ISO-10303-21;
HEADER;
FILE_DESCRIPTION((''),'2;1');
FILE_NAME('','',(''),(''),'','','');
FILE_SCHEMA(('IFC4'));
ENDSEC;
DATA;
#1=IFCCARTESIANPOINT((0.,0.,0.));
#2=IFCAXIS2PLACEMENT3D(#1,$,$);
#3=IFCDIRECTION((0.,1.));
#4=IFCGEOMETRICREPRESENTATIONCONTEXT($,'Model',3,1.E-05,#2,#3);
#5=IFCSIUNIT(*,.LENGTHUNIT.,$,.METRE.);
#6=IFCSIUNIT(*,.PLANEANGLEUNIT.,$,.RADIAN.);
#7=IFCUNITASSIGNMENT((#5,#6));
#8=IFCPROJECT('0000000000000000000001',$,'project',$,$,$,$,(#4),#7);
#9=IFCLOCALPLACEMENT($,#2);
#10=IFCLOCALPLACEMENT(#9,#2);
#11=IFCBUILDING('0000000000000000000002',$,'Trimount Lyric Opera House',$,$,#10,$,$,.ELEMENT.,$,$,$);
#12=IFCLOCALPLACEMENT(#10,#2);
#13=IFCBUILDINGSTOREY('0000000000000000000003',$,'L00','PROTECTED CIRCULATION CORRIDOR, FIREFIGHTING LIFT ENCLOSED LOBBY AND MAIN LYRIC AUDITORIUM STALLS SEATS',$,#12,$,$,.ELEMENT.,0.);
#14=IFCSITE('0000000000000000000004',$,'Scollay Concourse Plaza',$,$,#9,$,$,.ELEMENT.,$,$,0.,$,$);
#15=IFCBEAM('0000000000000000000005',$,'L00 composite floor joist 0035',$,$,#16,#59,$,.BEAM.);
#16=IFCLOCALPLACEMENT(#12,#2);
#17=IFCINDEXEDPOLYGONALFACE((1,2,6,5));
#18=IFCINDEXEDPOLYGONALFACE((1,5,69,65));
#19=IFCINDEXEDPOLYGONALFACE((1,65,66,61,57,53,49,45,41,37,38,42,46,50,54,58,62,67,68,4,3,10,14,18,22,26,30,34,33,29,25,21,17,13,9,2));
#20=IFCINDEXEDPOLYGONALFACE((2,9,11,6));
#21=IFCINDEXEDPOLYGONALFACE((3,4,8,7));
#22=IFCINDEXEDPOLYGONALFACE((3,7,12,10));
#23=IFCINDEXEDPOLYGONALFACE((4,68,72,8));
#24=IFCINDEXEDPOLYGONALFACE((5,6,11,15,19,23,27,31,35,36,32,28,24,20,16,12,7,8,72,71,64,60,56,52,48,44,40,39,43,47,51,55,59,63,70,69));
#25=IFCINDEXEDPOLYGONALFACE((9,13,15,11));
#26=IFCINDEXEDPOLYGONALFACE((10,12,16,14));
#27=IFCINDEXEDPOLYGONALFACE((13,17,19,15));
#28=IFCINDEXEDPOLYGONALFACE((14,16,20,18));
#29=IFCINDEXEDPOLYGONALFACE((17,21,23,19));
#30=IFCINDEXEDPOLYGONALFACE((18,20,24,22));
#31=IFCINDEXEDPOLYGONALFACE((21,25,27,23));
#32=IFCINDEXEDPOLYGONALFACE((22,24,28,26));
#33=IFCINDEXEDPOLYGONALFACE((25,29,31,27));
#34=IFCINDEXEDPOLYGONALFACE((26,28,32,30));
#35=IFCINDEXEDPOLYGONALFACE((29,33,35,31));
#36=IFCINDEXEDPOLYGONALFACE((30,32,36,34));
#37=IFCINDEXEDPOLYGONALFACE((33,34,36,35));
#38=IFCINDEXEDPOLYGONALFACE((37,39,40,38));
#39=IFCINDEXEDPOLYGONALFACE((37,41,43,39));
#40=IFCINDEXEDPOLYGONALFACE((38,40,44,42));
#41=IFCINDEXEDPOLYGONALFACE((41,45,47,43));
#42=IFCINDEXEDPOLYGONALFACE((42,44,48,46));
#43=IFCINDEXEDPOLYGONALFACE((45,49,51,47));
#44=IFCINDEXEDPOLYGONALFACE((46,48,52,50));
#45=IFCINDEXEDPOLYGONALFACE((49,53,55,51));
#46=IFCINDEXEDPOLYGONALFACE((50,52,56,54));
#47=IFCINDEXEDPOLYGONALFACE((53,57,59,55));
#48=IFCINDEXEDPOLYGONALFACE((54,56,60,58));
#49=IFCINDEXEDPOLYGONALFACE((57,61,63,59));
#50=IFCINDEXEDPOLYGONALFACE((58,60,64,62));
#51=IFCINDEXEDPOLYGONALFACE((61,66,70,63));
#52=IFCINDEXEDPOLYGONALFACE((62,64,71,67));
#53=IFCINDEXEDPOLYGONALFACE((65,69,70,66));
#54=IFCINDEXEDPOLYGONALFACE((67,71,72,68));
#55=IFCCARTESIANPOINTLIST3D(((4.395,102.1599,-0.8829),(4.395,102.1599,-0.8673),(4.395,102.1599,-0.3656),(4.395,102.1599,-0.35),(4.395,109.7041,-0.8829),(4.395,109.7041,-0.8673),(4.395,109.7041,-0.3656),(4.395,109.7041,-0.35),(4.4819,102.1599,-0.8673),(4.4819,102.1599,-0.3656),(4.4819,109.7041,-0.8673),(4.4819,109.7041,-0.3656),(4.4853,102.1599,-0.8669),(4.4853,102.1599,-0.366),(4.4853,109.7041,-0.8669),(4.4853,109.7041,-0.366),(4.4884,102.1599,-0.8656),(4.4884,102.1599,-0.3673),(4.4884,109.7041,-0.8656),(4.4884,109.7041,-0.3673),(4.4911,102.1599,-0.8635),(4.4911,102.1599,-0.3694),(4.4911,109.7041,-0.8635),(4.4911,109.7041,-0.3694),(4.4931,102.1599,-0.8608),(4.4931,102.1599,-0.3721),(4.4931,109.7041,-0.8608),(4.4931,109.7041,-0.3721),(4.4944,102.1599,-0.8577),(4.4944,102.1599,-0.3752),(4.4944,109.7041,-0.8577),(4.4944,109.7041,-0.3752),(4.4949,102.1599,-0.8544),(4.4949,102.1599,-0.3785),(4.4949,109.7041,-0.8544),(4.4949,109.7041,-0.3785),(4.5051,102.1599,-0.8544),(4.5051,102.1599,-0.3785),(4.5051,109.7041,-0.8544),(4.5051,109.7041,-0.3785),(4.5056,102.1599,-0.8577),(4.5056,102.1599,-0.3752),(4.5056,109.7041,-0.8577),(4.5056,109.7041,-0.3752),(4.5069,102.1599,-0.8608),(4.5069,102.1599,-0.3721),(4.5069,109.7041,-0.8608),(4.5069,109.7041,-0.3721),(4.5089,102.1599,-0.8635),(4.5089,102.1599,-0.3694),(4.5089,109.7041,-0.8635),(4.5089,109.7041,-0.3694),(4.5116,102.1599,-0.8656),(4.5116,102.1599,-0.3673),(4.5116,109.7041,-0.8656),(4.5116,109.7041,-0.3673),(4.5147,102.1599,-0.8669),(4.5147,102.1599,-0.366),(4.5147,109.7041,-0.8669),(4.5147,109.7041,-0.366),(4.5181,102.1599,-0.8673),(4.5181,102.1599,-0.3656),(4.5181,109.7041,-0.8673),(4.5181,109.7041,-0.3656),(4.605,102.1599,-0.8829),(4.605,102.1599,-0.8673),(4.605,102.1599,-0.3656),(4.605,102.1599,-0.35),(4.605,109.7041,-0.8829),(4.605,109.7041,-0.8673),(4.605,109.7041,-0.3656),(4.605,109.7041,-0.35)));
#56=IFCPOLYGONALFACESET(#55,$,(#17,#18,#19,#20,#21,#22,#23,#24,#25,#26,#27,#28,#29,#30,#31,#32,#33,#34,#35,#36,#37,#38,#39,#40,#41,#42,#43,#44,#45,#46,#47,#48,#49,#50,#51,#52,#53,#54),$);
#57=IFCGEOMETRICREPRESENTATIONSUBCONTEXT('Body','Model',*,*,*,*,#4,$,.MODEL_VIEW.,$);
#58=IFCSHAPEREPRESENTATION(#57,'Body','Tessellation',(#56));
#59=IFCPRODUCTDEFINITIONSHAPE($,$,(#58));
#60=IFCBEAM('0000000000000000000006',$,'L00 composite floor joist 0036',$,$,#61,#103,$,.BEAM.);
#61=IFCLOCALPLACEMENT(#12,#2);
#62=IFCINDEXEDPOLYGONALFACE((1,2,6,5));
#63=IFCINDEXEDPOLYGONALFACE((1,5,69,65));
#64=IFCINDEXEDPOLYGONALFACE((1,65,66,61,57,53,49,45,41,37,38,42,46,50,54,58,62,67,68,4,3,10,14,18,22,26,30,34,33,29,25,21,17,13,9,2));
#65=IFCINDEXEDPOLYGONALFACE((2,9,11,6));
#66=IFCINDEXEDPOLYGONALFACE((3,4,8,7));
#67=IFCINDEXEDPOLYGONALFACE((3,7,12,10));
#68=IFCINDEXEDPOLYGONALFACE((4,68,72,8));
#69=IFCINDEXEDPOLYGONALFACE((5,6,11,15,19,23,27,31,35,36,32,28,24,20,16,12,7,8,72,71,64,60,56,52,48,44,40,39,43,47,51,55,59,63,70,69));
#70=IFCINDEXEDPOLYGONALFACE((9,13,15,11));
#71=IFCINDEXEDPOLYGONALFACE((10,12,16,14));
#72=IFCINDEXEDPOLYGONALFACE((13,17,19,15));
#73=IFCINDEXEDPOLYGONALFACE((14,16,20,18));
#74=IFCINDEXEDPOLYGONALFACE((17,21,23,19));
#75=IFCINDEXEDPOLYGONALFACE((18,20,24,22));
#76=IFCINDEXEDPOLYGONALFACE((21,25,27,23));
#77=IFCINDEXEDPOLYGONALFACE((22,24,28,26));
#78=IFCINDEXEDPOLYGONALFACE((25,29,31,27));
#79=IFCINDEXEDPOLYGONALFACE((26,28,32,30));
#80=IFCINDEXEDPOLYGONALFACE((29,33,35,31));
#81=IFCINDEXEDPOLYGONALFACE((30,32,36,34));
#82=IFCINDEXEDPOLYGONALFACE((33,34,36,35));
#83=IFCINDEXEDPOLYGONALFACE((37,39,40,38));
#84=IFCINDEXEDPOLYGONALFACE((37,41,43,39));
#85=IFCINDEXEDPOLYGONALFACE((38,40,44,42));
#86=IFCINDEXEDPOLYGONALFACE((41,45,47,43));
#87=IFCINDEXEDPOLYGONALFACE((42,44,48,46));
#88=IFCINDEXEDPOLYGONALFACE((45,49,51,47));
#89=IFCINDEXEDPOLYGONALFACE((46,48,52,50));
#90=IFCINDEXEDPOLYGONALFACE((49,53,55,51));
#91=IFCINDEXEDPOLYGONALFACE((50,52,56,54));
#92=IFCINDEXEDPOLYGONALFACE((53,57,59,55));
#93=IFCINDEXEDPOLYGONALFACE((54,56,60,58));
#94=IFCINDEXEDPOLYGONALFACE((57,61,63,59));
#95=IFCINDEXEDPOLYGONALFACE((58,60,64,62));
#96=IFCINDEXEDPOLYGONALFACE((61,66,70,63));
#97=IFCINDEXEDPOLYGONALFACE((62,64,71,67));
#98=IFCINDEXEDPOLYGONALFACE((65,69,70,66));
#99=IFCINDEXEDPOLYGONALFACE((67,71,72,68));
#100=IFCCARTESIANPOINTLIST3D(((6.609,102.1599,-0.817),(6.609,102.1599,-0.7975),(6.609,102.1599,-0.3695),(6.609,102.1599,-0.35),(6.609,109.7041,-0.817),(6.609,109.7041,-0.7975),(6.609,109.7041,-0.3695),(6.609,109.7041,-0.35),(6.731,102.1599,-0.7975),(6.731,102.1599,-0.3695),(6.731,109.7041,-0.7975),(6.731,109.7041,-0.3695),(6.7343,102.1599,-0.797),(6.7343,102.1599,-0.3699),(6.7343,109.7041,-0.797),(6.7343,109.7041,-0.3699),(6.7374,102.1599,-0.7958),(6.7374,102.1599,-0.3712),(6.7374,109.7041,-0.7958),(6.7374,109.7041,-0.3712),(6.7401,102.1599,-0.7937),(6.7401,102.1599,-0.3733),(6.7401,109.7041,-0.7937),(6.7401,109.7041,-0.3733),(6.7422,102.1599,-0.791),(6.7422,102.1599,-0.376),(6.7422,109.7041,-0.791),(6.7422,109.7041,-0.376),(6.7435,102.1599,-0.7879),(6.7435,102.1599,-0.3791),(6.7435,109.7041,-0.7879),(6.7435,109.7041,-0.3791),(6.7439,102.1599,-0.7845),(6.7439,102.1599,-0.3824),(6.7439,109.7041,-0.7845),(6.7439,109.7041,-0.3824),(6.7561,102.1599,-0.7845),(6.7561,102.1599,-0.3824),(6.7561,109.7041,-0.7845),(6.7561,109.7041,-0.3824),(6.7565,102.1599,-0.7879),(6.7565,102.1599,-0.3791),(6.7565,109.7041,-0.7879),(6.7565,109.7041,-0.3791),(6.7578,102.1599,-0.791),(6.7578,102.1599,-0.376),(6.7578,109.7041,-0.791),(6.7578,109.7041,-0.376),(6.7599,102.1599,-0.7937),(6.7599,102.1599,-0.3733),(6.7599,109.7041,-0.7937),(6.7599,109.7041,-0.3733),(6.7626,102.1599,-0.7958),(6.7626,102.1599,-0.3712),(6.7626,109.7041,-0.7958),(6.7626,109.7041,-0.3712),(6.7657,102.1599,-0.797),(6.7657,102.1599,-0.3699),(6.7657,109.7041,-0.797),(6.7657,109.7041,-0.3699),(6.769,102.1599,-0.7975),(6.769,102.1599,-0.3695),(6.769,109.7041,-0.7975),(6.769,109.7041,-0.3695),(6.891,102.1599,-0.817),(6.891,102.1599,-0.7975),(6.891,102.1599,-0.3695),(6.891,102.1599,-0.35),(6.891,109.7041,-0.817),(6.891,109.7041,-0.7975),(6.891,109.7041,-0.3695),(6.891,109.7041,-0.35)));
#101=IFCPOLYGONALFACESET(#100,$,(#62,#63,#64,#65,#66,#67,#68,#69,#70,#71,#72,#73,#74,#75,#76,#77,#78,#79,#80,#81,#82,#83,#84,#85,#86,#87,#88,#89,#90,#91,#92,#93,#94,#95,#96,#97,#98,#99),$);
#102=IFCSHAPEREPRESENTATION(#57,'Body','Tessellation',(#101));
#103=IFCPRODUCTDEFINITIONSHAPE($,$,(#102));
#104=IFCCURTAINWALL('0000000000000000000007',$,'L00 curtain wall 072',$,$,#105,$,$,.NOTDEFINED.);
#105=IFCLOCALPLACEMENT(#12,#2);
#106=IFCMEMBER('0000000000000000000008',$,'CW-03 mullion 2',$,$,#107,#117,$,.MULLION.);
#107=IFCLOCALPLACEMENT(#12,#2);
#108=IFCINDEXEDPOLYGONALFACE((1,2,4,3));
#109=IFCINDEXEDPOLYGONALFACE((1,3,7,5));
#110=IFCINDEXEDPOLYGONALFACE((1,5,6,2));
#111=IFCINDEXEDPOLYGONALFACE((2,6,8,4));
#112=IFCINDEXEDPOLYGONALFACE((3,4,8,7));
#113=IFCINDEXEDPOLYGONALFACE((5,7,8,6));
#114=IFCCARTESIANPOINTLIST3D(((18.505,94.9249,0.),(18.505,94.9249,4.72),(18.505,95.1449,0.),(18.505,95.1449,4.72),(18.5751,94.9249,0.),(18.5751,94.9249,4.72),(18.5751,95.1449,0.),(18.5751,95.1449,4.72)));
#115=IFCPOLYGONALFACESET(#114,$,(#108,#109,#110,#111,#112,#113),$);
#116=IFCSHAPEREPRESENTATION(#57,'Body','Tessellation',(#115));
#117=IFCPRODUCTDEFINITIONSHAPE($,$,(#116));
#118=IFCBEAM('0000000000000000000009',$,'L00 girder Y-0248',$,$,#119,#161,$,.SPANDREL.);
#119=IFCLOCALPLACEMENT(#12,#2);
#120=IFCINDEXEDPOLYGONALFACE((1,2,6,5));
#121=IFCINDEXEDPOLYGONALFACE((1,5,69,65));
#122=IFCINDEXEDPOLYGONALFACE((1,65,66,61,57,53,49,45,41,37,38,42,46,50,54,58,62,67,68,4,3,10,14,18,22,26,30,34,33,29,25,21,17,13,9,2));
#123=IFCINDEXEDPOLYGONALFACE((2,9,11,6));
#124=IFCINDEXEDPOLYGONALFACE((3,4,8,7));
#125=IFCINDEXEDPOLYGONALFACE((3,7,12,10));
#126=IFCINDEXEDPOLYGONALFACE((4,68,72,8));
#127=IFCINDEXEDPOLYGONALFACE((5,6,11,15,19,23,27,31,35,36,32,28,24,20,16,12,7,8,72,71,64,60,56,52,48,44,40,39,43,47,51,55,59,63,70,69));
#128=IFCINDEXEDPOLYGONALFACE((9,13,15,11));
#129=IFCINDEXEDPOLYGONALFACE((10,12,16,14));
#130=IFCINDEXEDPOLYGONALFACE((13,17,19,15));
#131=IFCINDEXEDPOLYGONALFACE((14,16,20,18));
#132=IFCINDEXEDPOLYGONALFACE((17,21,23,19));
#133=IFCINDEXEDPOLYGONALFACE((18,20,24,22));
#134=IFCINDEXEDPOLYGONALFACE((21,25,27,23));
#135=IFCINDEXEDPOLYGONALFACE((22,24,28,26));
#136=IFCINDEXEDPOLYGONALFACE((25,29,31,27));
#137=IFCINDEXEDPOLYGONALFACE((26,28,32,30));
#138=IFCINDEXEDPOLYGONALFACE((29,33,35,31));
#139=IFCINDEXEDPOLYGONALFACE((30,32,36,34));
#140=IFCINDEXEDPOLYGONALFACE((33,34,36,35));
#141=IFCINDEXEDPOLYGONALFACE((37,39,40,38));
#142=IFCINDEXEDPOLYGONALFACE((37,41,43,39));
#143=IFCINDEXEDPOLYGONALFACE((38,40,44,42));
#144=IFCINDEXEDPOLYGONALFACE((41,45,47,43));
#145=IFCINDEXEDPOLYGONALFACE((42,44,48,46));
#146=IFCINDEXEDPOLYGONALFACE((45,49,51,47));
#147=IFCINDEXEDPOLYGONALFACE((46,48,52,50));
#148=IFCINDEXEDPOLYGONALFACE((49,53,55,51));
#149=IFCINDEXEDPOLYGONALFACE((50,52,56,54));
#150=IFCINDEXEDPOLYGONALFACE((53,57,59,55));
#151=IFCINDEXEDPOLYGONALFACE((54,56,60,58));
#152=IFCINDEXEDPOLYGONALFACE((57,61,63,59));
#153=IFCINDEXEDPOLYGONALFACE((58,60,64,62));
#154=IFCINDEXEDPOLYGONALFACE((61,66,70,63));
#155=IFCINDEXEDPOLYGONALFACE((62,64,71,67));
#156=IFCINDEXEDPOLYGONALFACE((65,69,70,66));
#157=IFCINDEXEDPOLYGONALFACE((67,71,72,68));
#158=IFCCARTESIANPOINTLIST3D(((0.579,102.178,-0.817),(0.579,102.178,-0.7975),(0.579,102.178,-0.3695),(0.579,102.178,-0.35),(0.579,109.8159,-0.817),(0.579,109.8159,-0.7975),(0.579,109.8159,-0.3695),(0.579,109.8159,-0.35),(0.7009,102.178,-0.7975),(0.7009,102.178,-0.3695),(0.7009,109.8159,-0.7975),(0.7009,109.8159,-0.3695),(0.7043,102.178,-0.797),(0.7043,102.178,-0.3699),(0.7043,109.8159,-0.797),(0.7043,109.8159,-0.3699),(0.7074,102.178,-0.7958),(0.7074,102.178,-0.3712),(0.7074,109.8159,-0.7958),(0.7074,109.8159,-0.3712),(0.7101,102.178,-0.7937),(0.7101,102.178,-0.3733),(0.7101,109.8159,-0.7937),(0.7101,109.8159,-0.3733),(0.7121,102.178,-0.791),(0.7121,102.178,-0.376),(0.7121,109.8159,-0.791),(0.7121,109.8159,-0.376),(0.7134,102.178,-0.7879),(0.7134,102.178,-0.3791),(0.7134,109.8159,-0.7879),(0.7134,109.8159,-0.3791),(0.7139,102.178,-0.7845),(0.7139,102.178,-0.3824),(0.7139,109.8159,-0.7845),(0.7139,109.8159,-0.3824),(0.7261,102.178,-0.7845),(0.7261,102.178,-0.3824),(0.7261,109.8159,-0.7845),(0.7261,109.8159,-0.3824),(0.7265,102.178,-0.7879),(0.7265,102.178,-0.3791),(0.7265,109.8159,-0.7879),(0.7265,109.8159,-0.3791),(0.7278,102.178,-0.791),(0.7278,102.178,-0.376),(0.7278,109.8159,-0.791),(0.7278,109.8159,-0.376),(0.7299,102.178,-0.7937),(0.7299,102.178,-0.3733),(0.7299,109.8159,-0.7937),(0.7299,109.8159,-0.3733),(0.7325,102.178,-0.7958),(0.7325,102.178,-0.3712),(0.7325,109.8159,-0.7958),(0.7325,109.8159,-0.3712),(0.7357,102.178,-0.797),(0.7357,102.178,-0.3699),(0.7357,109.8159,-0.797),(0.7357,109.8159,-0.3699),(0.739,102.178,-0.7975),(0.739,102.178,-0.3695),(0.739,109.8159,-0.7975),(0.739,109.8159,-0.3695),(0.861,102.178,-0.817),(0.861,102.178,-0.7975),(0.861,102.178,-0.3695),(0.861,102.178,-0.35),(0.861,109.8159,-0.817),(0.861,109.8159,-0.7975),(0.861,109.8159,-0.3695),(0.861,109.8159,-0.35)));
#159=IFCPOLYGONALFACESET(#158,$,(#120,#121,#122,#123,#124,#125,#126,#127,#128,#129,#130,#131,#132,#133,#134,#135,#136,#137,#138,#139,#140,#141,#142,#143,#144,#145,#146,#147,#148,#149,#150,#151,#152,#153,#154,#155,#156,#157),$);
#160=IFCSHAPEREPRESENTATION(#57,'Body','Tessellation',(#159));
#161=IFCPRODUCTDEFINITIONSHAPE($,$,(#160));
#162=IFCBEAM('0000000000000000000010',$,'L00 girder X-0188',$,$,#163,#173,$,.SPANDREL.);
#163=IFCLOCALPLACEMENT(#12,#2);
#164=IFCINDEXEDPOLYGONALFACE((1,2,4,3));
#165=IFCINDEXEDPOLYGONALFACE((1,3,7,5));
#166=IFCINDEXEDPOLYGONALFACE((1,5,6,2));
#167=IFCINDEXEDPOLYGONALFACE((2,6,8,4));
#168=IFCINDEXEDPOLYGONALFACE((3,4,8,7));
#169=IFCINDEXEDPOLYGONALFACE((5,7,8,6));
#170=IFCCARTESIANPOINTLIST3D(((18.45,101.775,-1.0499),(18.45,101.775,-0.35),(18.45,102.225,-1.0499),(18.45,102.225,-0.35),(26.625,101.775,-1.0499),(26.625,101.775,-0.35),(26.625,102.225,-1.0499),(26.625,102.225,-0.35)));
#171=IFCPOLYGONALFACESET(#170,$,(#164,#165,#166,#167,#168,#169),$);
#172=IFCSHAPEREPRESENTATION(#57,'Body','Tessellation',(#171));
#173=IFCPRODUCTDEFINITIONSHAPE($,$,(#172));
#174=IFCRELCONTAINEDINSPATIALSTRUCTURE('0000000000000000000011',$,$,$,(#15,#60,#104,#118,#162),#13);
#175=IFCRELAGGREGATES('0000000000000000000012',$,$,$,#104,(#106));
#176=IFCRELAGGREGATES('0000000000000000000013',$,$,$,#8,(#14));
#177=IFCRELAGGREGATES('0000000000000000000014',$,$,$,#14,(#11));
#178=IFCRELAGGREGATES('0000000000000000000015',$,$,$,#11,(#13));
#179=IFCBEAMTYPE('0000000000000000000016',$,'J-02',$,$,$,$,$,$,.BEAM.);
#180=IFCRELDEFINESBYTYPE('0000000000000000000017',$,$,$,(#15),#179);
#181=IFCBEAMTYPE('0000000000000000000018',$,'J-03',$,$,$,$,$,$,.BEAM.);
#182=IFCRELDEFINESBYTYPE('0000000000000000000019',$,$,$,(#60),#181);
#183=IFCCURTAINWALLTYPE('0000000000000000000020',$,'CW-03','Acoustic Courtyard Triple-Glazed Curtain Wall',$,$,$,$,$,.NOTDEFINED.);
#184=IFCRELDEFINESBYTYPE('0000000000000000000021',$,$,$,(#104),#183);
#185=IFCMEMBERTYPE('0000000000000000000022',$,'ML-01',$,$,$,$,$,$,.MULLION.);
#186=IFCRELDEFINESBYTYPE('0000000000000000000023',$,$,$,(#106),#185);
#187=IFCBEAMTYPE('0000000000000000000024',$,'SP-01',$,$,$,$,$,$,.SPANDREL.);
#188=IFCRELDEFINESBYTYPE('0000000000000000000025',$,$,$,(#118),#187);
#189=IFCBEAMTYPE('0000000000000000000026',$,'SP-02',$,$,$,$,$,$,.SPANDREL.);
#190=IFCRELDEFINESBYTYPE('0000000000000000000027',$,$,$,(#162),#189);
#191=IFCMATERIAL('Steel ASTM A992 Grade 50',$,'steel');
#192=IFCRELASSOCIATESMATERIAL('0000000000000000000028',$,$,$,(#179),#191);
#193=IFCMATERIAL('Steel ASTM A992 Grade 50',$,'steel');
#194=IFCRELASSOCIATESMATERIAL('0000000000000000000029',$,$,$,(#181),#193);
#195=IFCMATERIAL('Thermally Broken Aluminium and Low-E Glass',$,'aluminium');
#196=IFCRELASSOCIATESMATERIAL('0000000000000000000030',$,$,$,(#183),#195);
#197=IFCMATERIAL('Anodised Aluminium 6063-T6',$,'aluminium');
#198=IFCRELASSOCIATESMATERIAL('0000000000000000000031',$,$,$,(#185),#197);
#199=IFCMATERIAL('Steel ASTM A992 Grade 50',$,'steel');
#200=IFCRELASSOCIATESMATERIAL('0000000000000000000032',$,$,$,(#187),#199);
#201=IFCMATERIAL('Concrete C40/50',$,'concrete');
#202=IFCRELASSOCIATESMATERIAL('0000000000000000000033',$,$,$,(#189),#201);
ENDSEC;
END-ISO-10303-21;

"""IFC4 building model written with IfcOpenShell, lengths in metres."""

from ifc_helpers import new_model, si_unit, direction, frame, origin, origin_2d, place, context, subcontext, project, spatial, rectangle, i_section, extrude, material, material_profile, profile_set, type_object, element, aggregate, save


model = new_model("IFC4")

# Units and contexts
model_context = context("Model", 3, precision=1e-05, world=origin(), true_north=direction((0.0, 1.0)))
body_context = subcontext(model_context, "Body", "Model", "MODEL_VIEW")
ifc_project = project(units=[si_unit("LENGTHUNIT", "METRE"), si_unit("PLANEANGLEUNIT", "RADIAN")], contexts=[model_context])

# Site, building, storey
site_placement = place(None, origin())
site = spatial("IfcSite", under=ifc_project, at=site_placement, Name="Scollay Concourse Plaza", CompositionType="ELEMENT", RefElevation=0.0)
building_placement = place(site_placement, origin())
building = spatial("IfcBuilding", under=site, at=building_placement, Name="Trimount Lyric Opera House", CompositionType="ELEMENT")
storey_placement = place(building_placement, origin())
storey = spatial("IfcBuildingStorey", under=building, at=storey_placement, Name="L00", Description="PROTECTED CIRCULATION CORRIDOR, FIREFIGHTING LIFT ENCLOSED LOBBY AND MAIN LYRIC AUDITORIUM STALLS SEATS", CompositionType="ELEMENT", Elevation=0.0)

# Beams
ifc_material_1 = material(Name="Steel ASTM A992 Grade 50", Category="steel")
ifc_material_profile_1 = material_profile(ifc_material_1, i_section(OverallWidth=0.21, OverallDepth=0.533, WebThickness=0.0103, FlangeThickness=0.0156, FilletRadius=0.0129, at=origin_2d()), Name="W21X62")
ifc_profile_set_1 = profile_set([ifc_material_profile_1], Name="Steel ASTM A992 Grade 50")
beam_type_1 = type_object("IfcBeamType", Name="J-02", PredefinedType="BEAM", material=ifc_profile_set_1)
beam_1_placement = place(storey_placement, frame((4.5, 102.1599, -0.6165), z_axis=(0.0, 1.0, 0.0), x_axis=(-1.0, 0.0, 0.0)))
element("IfcBeam", 1, at=beam_1_placement, inside=storey, type_object=beam_type_1, Name="L00 composite floor joist 0035", PredefinedType="BEAM", context=body_context, shape_type="SweptSolid", body=[
    extrude(i_section(OverallWidth=0.21, OverallDepth=0.533, WebThickness=0.0103, FlangeThickness=0.0156, FilletRadius=0.0129, at=origin_2d()), origin(), (0.0, 0.0, 1.0), 7.5442),
])
ifc_material_2 = material(Name="Steel ASTM A992 Grade 50", Category="steel")
ifc_material_profile_2 = material_profile(ifc_material_2, i_section(OverallWidth=0.282, OverallDepth=0.467, WebThickness=0.0122, FlangeThickness=0.0195, FilletRadius=0.0129, at=origin_2d()), Name="W18X86")
ifc_profile_set_2 = profile_set([ifc_material_profile_2], Name="Steel ASTM A992 Grade 50")
beam_type_2 = type_object("IfcBeamType", Name="J-03", PredefinedType="BEAM", material=ifc_profile_set_2)
beam_2_placement = place(storey_placement, frame((6.75, 102.1599, -0.5835), z_axis=(0.0, 1.0, 0.0), x_axis=(-1.0, 0.0, 0.0)))
element("IfcBeam", 2, at=beam_2_placement, inside=storey, type_object=beam_type_2, Name="L00 composite floor joist 0036", PredefinedType="BEAM", context=body_context, shape_type="SweptSolid", body=[
    extrude(i_section(OverallWidth=0.282, OverallDepth=0.467, WebThickness=0.0122, FlangeThickness=0.0195, FilletRadius=0.0129, at=origin_2d()), origin(), (0.0, 0.0, 1.0), 7.5442),
])

# Curtain wall, member
ifc_material_3 = material(Name="Thermally Broken Aluminium and Low-E Glass", Category="aluminium")
curtain_wall_type = type_object("IfcCurtainWallType", Name="CW-03", Description="Acoustic Courtyard Triple-Glazed Curtain Wall", PredefinedType="NOTDEFINED", material=ifc_material_3)
curtain_wall_placement = place(storey_placement, origin())
curtain_wall = element("IfcCurtainWall", 3, at=curtain_wall_placement, inside=storey, type_object=curtain_wall_type, Name="L00 curtain wall 072", PredefinedType="NOTDEFINED")
ifc_material_4 = material(Name="Anodised Aluminium 6063-T6", Category="aluminium")
ifc_material_profile_3 = material_profile(ifc_material_4, rectangle(XDim=0.0701, YDim=0.22, at=origin_2d()), Name="ALU-MULL-70X220")
ifc_profile_set_3 = profile_set([ifc_material_profile_3], Name="Anodised Aluminium 6063-T6")
member_type_1 = type_object("IfcMemberType", Name="ML-01", PredefinedType="MULLION", material=ifc_profile_set_3)
member_1_placement = place(storey_placement, frame((18.54, 95.0349, 0.0), z_axis=(0.0, 0.0, 1.0), x_axis=(1.0, 0.0, 0.0)))
member_1 = element("IfcMember", 4, at=member_1_placement, type_object=member_type_1, Name="CW-03 mullion 2", PredefinedType="MULLION", context=body_context, shape_type="SweptSolid", body=[
    extrude(rectangle(XDim=0.0701, YDim=0.22, at=origin_2d()), origin(), (0.0, 0.0, 1.0), 4.72),
])

# Beams
ifc_material_5 = material(Name="Steel ASTM A992 Grade 50", Category="steel")
ifc_material_profile_4 = material_profile(ifc_material_5, i_section(OverallWidth=0.282, OverallDepth=0.467, WebThickness=0.0122, FlangeThickness=0.0195, FilletRadius=0.0129, at=origin_2d()), Name="W18X86")
ifc_profile_set_4 = profile_set([ifc_material_profile_4], Name="Steel ASTM A992 Grade 50")
beam_type_3 = type_object("IfcBeamType", Name="SP-01", PredefinedType="SPANDREL", material=ifc_profile_set_4)
beam_3_placement = place(storey_placement, frame((0.72, 102.178, -0.5835), z_axis=(0.0, 1.0, 0.0), x_axis=(-1.0, 0.0, 0.0)))
element("IfcBeam", 5, at=beam_3_placement, inside=storey, type_object=beam_type_3, Name="L00 girder Y-0248", PredefinedType="SPANDREL", context=body_context, shape_type="SweptSolid", body=[
    extrude(i_section(OverallWidth=0.282, OverallDepth=0.467, WebThickness=0.0122, FlangeThickness=0.0195, FilletRadius=0.0129, at=origin_2d()), origin(), (0.0, 0.0, 1.0), 7.6379),
])
ifc_material_6 = material(Name="Concrete C40/50", Category="concrete")
ifc_material_profile_5 = material_profile(ifc_material_6, rectangle(XDim=0.45, YDim=0.7, at=origin_2d()), Name="RC450X700")
ifc_profile_set_5 = profile_set([ifc_material_profile_5], Name="Concrete C40/50")
beam_type_4 = type_object("IfcBeamType", Name="SP-02", PredefinedType="SPANDREL", material=ifc_profile_set_5)
beam_4_placement = place(storey_placement, frame((18.45, 102.0, -0.7), z_axis=(1.0, 0.0, 0.0), x_axis=(0.0, 1.0, 0.0)))
element("IfcBeam", 6, at=beam_4_placement, inside=storey, type_object=beam_type_4, Name="L00 girder X-0188", PredefinedType="SPANDREL", context=body_context, shape_type="SweptSolid", body=[
    extrude(rectangle(XDim=0.45, YDim=0.7, at=origin_2d()), origin(), (0.0, 0.0, 1.0), 8.175),
])

aggregate(curtain_wall, [member_1])

save(model, "model.ifc")
